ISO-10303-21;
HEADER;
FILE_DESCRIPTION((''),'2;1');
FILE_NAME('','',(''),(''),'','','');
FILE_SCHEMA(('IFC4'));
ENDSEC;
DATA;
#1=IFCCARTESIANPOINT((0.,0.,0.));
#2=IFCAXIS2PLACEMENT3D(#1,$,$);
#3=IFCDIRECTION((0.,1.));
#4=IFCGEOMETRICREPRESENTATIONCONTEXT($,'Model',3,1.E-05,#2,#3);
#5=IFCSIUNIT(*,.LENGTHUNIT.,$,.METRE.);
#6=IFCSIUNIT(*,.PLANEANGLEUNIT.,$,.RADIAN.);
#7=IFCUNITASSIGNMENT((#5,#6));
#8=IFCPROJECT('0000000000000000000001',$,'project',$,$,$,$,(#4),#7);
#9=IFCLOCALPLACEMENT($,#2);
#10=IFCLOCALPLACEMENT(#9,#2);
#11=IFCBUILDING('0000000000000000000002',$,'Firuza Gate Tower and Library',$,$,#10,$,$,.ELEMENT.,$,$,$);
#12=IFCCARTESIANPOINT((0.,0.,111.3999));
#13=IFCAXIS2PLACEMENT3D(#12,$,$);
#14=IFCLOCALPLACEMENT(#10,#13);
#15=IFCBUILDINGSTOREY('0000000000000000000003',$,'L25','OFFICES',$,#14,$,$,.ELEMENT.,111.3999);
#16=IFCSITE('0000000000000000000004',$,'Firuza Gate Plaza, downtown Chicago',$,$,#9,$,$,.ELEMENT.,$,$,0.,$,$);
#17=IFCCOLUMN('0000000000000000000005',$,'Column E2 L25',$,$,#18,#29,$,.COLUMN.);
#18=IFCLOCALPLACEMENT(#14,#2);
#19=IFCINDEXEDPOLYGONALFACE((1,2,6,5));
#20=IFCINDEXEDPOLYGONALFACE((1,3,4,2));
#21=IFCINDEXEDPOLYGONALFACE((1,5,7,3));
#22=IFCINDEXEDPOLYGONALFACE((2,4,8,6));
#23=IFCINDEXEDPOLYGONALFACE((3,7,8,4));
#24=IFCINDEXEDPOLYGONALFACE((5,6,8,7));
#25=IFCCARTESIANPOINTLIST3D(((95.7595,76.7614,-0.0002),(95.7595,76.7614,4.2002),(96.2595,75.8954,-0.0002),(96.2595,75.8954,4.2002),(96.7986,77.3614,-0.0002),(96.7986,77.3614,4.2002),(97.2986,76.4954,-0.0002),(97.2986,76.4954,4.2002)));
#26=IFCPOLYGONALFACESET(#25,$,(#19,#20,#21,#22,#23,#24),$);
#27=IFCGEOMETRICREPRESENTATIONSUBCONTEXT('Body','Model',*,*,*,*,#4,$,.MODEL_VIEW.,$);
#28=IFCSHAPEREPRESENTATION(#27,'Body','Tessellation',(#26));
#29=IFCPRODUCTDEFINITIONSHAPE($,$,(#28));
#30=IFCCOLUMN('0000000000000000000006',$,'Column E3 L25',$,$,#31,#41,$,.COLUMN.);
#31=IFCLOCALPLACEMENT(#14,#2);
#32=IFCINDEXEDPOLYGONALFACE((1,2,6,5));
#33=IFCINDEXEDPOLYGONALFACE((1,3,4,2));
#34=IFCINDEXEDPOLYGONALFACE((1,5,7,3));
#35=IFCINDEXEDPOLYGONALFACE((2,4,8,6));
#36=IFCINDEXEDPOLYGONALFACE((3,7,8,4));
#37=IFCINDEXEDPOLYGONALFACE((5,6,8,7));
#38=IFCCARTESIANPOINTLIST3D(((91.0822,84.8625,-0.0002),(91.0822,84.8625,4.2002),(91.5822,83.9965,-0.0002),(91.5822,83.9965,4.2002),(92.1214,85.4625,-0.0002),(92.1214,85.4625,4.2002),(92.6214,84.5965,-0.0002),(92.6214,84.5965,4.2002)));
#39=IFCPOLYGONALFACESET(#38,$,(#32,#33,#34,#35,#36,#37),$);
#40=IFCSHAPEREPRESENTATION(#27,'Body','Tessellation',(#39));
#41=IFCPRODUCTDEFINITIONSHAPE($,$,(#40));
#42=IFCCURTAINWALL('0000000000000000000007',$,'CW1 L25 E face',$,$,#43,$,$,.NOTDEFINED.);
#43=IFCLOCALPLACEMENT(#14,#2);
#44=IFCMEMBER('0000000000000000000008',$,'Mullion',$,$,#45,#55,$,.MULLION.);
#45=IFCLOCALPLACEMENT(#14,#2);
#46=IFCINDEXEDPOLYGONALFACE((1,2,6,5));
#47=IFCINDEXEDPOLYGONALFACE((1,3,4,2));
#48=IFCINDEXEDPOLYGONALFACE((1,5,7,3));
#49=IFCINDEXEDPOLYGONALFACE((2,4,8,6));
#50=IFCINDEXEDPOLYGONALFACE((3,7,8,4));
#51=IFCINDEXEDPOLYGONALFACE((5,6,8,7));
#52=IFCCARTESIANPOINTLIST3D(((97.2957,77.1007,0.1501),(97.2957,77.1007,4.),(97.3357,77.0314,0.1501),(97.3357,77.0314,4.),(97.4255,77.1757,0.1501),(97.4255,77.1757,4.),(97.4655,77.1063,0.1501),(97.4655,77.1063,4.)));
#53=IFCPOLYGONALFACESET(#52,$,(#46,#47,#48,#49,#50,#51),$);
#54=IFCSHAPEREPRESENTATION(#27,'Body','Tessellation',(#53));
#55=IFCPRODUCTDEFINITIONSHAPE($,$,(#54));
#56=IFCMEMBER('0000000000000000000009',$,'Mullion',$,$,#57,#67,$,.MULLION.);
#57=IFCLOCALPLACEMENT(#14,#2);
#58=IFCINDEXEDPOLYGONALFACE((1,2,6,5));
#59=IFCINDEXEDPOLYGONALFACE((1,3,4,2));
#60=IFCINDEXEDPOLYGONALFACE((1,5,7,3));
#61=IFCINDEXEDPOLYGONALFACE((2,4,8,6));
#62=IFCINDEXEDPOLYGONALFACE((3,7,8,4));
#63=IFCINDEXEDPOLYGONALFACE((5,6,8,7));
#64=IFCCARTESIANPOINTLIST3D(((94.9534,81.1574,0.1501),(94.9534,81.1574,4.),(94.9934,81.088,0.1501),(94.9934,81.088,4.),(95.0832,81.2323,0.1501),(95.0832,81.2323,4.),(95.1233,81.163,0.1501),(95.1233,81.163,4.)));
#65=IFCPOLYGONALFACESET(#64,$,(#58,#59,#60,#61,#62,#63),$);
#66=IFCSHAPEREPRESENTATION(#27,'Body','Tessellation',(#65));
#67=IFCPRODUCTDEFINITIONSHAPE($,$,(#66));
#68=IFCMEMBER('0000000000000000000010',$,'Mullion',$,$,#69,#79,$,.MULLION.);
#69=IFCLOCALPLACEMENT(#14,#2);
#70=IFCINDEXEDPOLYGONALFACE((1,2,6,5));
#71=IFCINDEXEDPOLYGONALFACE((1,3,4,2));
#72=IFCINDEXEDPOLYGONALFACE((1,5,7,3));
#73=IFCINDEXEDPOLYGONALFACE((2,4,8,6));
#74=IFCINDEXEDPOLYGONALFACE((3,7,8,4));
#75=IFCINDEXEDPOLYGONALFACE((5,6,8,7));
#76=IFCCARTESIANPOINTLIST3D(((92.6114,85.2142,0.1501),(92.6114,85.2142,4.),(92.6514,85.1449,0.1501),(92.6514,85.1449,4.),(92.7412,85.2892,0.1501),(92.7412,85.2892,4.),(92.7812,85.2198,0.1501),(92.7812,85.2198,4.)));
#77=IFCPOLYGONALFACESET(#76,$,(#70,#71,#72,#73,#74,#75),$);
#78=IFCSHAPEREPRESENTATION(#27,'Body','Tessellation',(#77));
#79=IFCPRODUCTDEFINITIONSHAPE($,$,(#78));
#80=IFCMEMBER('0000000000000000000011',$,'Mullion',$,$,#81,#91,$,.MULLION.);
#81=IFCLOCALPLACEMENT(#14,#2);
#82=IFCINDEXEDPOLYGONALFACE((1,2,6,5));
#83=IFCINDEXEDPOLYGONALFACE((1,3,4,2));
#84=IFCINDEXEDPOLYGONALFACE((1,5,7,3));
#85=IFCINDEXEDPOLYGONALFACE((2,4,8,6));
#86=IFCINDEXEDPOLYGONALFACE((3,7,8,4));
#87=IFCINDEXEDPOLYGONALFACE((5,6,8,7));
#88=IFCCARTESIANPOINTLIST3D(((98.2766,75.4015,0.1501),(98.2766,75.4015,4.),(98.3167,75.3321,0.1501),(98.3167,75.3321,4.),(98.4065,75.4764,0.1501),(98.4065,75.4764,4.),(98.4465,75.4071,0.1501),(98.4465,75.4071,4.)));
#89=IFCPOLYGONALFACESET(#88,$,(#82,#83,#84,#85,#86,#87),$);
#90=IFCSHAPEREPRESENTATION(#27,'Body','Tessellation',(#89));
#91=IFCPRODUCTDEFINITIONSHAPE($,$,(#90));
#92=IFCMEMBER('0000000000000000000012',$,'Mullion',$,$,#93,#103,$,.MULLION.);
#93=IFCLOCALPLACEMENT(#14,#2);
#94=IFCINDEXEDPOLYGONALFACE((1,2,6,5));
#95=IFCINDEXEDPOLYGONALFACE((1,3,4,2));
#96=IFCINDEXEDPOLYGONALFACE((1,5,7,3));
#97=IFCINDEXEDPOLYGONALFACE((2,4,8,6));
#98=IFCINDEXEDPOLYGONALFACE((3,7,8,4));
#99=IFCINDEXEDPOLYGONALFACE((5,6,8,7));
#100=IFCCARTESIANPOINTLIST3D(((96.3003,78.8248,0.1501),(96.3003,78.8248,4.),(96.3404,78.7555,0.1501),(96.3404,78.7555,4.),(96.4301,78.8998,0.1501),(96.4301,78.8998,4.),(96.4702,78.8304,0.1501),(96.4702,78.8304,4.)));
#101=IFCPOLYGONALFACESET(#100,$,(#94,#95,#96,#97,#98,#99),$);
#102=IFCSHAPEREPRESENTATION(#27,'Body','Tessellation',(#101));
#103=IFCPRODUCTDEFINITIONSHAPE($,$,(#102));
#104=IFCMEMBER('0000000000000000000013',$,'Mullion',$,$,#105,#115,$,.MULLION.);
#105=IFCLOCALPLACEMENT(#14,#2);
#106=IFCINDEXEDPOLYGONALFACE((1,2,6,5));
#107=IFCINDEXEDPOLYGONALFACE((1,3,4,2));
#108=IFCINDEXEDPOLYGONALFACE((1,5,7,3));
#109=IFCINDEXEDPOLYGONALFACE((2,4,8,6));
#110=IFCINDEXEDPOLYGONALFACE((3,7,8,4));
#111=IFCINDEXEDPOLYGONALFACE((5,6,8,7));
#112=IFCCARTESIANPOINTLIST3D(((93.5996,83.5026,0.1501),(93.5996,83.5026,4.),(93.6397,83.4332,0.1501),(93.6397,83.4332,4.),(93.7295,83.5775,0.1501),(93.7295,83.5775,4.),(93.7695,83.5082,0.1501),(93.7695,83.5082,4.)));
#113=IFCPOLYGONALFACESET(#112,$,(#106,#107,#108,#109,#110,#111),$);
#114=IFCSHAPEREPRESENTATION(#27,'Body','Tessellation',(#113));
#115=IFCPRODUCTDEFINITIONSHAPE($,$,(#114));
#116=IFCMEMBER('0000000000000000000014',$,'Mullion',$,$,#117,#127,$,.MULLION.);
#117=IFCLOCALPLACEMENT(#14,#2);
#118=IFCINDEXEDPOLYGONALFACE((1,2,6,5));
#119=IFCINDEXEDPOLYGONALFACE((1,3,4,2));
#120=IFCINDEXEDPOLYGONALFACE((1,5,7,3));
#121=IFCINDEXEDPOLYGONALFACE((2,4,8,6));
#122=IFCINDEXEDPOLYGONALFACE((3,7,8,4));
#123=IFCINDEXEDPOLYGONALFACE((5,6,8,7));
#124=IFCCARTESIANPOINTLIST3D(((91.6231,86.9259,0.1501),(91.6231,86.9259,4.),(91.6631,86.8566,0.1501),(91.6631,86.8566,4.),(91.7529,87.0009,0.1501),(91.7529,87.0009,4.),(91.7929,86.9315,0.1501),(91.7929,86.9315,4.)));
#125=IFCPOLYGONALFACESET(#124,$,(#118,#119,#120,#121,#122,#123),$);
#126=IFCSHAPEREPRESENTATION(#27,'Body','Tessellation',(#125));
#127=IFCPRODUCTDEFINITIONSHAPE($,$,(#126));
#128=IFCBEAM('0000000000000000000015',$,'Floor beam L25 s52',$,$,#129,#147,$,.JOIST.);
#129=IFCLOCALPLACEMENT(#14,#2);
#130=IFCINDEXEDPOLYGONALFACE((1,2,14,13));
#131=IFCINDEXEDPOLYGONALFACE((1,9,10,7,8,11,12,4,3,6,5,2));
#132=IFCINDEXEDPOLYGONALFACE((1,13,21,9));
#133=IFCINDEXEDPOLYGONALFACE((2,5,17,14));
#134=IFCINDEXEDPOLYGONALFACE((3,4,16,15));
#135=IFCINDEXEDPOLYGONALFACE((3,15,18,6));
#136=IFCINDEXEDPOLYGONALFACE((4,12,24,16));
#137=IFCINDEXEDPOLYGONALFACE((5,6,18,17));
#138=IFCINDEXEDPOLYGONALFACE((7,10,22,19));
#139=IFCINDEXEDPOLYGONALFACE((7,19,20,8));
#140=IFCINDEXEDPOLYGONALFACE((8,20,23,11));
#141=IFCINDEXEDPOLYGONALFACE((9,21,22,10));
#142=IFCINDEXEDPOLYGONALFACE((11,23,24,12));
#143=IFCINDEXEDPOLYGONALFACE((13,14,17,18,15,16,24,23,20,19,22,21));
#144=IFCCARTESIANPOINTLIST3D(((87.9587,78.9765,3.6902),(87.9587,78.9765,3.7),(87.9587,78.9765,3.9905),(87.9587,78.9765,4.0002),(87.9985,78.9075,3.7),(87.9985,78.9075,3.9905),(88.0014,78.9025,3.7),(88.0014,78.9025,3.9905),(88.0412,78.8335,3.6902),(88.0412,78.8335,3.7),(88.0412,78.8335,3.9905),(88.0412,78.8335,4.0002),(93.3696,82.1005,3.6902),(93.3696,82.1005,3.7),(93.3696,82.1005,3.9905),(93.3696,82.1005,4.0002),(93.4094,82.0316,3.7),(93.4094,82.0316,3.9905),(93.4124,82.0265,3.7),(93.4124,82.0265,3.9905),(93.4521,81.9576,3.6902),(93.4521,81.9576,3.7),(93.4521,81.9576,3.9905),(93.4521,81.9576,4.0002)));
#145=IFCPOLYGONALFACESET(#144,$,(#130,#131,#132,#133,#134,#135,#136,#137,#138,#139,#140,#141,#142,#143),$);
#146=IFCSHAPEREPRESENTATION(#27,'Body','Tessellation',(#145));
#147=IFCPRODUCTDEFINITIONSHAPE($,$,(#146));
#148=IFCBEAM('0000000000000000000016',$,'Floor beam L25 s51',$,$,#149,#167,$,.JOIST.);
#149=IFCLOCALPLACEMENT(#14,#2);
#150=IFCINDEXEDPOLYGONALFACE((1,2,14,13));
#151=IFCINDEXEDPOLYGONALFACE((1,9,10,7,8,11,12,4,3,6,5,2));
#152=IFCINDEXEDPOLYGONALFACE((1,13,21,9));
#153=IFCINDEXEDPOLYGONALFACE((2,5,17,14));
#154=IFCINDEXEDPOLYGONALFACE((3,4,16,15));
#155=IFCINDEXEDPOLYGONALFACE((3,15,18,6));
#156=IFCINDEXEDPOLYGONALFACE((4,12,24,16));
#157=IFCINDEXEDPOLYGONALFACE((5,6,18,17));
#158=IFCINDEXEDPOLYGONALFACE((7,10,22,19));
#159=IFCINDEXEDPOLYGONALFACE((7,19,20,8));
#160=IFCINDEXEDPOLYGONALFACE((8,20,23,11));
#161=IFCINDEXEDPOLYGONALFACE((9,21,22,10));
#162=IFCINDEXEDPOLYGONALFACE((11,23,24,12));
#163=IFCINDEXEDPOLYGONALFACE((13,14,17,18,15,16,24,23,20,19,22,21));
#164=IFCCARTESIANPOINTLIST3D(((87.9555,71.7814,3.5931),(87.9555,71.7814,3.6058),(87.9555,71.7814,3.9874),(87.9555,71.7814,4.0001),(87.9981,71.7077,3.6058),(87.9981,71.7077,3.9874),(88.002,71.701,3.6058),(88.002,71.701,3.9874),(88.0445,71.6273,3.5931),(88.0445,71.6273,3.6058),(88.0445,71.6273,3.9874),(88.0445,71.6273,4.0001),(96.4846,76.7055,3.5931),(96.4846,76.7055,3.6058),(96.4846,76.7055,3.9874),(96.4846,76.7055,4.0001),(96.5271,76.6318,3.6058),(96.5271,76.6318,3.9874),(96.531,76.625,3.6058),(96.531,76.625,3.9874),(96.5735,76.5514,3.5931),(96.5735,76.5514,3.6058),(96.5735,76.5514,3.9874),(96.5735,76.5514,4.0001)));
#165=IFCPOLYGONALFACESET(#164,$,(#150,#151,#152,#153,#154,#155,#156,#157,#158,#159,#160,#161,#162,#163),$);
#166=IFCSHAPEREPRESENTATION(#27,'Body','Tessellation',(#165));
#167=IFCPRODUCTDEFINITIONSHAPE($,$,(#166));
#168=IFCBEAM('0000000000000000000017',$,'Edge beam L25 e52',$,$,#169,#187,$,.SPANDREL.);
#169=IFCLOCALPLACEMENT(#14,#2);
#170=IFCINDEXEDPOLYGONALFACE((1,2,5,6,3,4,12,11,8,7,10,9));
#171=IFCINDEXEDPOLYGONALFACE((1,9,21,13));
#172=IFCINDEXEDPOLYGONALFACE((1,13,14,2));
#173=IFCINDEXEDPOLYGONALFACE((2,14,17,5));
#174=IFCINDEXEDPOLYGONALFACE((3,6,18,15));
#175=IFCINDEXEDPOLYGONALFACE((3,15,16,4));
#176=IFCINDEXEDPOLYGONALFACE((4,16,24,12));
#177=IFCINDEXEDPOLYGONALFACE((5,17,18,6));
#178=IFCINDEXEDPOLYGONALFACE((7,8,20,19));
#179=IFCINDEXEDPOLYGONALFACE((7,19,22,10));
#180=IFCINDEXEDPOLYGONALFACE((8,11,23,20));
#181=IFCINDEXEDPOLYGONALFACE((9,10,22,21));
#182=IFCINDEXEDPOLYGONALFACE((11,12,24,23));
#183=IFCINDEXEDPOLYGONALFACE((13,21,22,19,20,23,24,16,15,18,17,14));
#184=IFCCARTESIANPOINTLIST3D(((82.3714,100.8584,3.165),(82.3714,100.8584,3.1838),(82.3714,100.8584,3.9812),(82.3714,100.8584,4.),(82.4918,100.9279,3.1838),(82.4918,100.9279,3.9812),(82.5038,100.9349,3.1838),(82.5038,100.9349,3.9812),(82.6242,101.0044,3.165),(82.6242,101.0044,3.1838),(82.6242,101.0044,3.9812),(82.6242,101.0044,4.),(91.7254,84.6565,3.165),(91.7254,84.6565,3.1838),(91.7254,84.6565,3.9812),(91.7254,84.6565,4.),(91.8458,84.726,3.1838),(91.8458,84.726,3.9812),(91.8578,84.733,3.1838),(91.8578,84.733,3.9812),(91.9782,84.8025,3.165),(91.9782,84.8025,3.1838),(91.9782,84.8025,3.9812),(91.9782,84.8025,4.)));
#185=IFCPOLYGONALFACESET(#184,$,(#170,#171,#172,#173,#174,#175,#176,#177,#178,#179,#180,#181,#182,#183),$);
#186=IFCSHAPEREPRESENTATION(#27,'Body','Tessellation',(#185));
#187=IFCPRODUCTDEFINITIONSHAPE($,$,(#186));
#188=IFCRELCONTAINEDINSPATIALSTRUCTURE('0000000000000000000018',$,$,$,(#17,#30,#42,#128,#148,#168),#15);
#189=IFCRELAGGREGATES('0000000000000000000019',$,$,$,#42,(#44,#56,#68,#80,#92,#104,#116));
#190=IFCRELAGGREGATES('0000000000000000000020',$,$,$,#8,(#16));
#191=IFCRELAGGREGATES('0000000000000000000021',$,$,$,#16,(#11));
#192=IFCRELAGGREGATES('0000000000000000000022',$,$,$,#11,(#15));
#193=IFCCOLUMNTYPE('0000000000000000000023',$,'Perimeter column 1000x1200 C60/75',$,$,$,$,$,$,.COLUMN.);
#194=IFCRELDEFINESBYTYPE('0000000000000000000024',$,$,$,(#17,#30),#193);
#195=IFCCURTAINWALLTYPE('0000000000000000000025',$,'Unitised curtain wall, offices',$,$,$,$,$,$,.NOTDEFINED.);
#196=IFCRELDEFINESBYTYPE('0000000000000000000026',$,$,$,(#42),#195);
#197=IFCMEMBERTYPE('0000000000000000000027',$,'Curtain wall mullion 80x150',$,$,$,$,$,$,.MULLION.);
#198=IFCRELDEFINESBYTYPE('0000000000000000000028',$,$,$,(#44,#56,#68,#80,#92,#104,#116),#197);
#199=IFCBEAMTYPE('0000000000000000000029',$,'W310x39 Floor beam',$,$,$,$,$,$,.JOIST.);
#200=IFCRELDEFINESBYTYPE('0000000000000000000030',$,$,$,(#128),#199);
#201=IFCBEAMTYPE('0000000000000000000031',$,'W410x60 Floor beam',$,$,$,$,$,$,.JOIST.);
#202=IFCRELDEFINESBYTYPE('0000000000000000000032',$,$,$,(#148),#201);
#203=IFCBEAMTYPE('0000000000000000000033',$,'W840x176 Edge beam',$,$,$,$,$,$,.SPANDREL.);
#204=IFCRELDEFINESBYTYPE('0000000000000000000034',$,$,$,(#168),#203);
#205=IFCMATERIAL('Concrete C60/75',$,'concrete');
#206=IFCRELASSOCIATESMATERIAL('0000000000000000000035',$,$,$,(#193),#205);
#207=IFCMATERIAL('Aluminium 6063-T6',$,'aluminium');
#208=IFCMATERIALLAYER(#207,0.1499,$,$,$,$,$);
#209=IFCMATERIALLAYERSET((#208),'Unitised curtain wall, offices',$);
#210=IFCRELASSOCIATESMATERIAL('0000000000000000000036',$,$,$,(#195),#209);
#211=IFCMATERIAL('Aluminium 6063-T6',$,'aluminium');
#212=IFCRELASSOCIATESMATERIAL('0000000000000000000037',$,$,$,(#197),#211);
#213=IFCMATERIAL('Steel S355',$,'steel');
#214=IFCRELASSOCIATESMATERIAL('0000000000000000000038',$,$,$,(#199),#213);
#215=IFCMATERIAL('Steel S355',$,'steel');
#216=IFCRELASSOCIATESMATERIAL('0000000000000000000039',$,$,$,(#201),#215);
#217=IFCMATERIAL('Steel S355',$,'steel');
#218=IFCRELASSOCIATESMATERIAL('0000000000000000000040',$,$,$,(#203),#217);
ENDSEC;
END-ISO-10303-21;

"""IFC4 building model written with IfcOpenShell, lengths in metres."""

from ifc_helpers import new_model, si_unit, direction, frame, origin, origin_2d, place, context, subcontext, project, spatial, rectangle, i_section, extrude, material, layer, layer_set, material_profile, profile_set, type_object, element, aggregate, save


model = new_model("IFC4")

# Units and contexts
model_context = context("Model", 3, precision=1e-05, world=origin(), true_north=direction((0.0, 1.0)))
body_context = subcontext(model_context, "Body", "Model", "MODEL_VIEW")
ifc_project = project(units=[si_unit("LENGTHUNIT", "METRE"), si_unit("PLANEANGLEUNIT", "RADIAN")], contexts=[model_context])

# Site, building, storey
site_placement = place(None, origin())
site = spatial("IfcSite", under=ifc_project, at=site_placement, Name="Firuza Gate Plaza, downtown Chicago", CompositionType="ELEMENT", RefElevation=0.0)
building_placement = place(site_placement, origin())
building = spatial("IfcBuilding", under=site, at=building_placement, Name="Firuza Gate Tower and Library", CompositionType="ELEMENT")
storey_placement = place(building_placement, frame((0.0, 0.0, 111.3999)))
storey = spatial("IfcBuildingStorey", under=building, at=storey_placement, Name="L25", Description="OFFICES", CompositionType="ELEMENT", Elevation=111.3999)

# Columns
ifc_material_1 = material(Name="Concrete C60/75", Category="concrete")
ifc_material_profile_1 = material_profile(ifc_material_1, rectangle(XDim=1.0, YDim=1.2, at=origin_2d()))
ifc_profile_set_1 = profile_set([ifc_material_profile_1], Name="Concrete C60/75")
column_type = type_object("IfcColumnType", Name="Perimeter column 1000x1200 C60/75", PredefinedType="COLUMN", material=ifc_profile_set_1)
for number, where, z_axis, x_axis, name in (
    (1, (96.5291, 76.6284, -0.0002), (0.0, 0.0, 1.0), (-0.5, 0.866025, 0.0), "Column E2 L25"),
    (2, (91.8518, 84.7295, -0.0002), (0.0, 0.0, 1.0), (-0.5, 0.866025, 0.0), "Column E3 L25"),
):
    element("IfcColumn", number, at=place(storey_placement, frame(where, z_axis=z_axis, x_axis=x_axis)), inside=storey, type_object=column_type, Name=name, PredefinedType="COLUMN", context=body_context, shape_type="SweptSolid", body=[
        extrude(rectangle(XDim=1.0, YDim=1.2, at=origin_2d()), origin(), (0.0, 0.0, 1.0), 4.2004),
    ])

# Curtain wall, members
ifc_material_2 = material(Name="Aluminium 6063-T6", Category="aluminium")
ifc_layer_1 = layer(ifc_material_2, 0.1499)
ifc_layer_set_1 = layer_set([ifc_layer_1], Name="Unitised curtain wall, offices")
curtain_wall_type = type_object("IfcCurtainWallType", Name="Unitised curtain wall, offices", PredefinedType="NOTDEFINED", material=ifc_layer_set_1)
curtain_wall_placement = place(storey_placement, origin())
curtain_wall = element("IfcCurtainWall", 3, at=curtain_wall_placement, inside=storey, type_object=curtain_wall_type, Name="CW1 L25 E face", PredefinedType="NOTDEFINED")
ifc_material_3 = material(Name="Aluminium 6063-T6", Category="aluminium")
ifc_material_profile_2 = material_profile(ifc_material_3, rectangle(XDim=0.1499, YDim=0.0801, at=origin_2d()))
ifc_profile_set_2 = profile_set([ifc_material_profile_2], Name="Aluminium 6063-T6")
member_type = type_object("IfcMemberType", Name="Curtain wall mullion 80x150", PredefinedType="MULLION", material=ifc_profile_set_2)
member_1_placement = place(storey_placement, frame((97.3806, 77.1035, 0.1501), z_axis=(0.0, 0.0, 1.0), x_axis=(-0.866025, -0.5, 0.0)))
member_1 = element("IfcMember", 4, at=member_1_placement, type_object=member_type, Name="Mullion", PredefinedType="MULLION", context=body_context, shape_type="SweptSolid", body=[
    extrude(rectangle(XDim=0.1499, YDim=0.0801, at=origin_2d()), origin(), (0.0, 0.0, 1.0), 3.8499),
])
member_2_placement = place(storey_placement, frame((95.0383, 81.1602, 0.1501), z_axis=(0.0, 0.0, 1.0), x_axis=(-0.866025, -0.5, 0.0)))
member_2 = element("IfcMember", 5, at=member_2_placement, type_object=member_type, Name="Mullion", PredefinedType="MULLION", context=body_context, shape_type="SweptSolid", body=[
    extrude(rectangle(XDim=0.1499, YDim=0.0801, at=origin_2d()), origin(), (0.0, 0.0, 1.0), 3.8499),
])
member_3_placement = place(storey_placement, frame((92.6963, 85.217, 0.1501), z_axis=(0.0, 0.0, 1.0), x_axis=(-0.866025, -0.5, 0.0)))
member_3 = element("IfcMember", 6, at=member_3_placement, type_object=member_type, Name="Mullion", PredefinedType="MULLION", context=body_context, shape_type="SweptSolid", body=[
    extrude(rectangle(XDim=0.1499, YDim=0.0801, at=origin_2d()), origin(), (0.0, 0.0, 1.0), 3.8499),
])
member_4_placement = place(storey_placement, frame((98.3616, 75.4043, 0.1501), z_axis=(0.0, 0.0, 1.0), x_axis=(-0.866025, -0.5, 0.0)))
member_4 = element("IfcMember", 7, at=member_4_placement, type_object=member_type, Name="Mullion", PredefinedType="MULLION", context=body_context, shape_type="SweptSolid", body=[
    extrude(rectangle(XDim=0.1499, YDim=0.0801, at=origin_2d()), origin(), (0.0, 0.0, 1.0), 3.8499),
])
member_5_placement = place(storey_placement, frame((96.3853, 78.8276, 0.1501), z_axis=(0.0, 0.0, 1.0), x_axis=(-0.866025, -0.5, 0.0)))
member_5 = element("IfcMember", 8, at=member_5_placement, type_object=member_type, Name="Mullion", PredefinedType="MULLION", context=body_context, shape_type="SweptSolid", body=[
    extrude(rectangle(XDim=0.1499, YDim=0.0801, at=origin_2d()), origin(), (0.0, 0.0, 1.0), 3.8499),
])
member_6_placement = place(storey_placement, frame((93.6846, 83.5054, 0.1501), z_axis=(0.0, 0.0, 1.0), x_axis=(-0.866025, -0.5, 0.0)))
member_6 = element("IfcMember", 9, at=member_6_placement, type_object=member_type, Name="Mullion", PredefinedType="MULLION", context=body_context, shape_type="SweptSolid", body=[
    extrude(rectangle(XDim=0.1499, YDim=0.0801, at=origin_2d()), origin(), (0.0, 0.0, 1.0), 3.8499),
])
member_7_placement = place(storey_placement, frame((91.708, 86.9287, 0.1501), z_axis=(0.0, 0.0, 1.0), x_axis=(-0.866025, -0.5, 0.0)))
member_7 = element("IfcMember", 10, at=member_7_placement, type_object=member_type, Name="Mullion", PredefinedType="MULLION", context=body_context, shape_type="SweptSolid", body=[
    extrude(rectangle(XDim=0.1499, YDim=0.0801, at=origin_2d()), origin(), (0.0, 0.0, 1.0), 3.8499),
])

# Beams
ifc_material_4 = material(Name="Steel S355", Category="steel")
ifc_material_profile_3 = material_profile(ifc_material_4, i_section(OverallWidth=0.165, OverallDepth=0.3101, WebThickness=0.0059, FlangeThickness=0.0098, at=origin_2d()))
ifc_profile_set_3 = profile_set([ifc_material_profile_3], Name="Steel S355")
beam_type_1 = type_object("IfcBeamType", Name="W310x39 Floor beam", PredefinedType="JOIST", material=ifc_profile_set_3)
beam_1_placement = place(storey_placement, frame((93.4109, 82.0291, 3.8452), z_axis=(-0.866022, -0.500005, 0.0), x_axis=(0.500005, -0.866022, 0.0)))
element("IfcBeam", 11, at=beam_1_placement, inside=storey, type_object=beam_type_1, Name="Floor beam L25 s52", PredefinedType="JOIST", context=body_context, shape_type="SweptSolid", body=[
    extrude(i_section(OverallWidth=0.165, OverallDepth=0.3101, WebThickness=0.0059, FlangeThickness=0.0098, at=origin_2d()), origin(), (0.0, 0.0, 1.0), 6.248),
])
ifc_material_5 = material(Name="Steel S355", Category="steel")
ifc_material_profile_4 = material_profile(ifc_material_5, i_section(OverallWidth=0.178, OverallDepth=0.407, WebThickness=0.0078, FlangeThickness=0.0127, at=origin_2d()))
ifc_profile_set_4 = profile_set([ifc_material_profile_4], Name="Steel S355")
beam_type_2 = type_object("IfcBeamType", Name="W410x60 Floor beam", PredefinedType="JOIST", material=ifc_profile_set_4)
beam_2_placement = place(storey_placement, frame((96.5291, 76.6284, 3.7966), z_axis=(-0.866033, -0.499986, 0.0), x_axis=(0.499986, -0.866033, 0.0)))
element("IfcBeam", 12, at=beam_2_placement, inside=storey, type_object=beam_type_2, Name="Floor beam L25 s51", PredefinedType="JOIST", context=body_context, shape_type="SweptSolid", body=[
    extrude(i_section(OverallWidth=0.178, OverallDepth=0.407, WebThickness=0.0078, FlangeThickness=0.0127, at=origin_2d()), origin(), (0.0, 0.0, 1.0), 9.8484),
])
ifc_material_6 = material(Name="Steel S355", Category="steel")
ifc_material_profile_5 = material_profile(ifc_material_6, i_section(OverallWidth=0.292, OverallDepth=0.835, WebThickness=0.0139, FlangeThickness=0.0188, at=origin_2d()))
ifc_profile_set_5 = profile_set([ifc_material_profile_5], Name="Steel S355")
beam_type_3 = type_object("IfcBeamType", Name="W840x176 Edge beam", PredefinedType="SPANDREL", material=ifc_profile_set_5)
beam_3_placement = place(storey_placement, frame((91.8518, 84.7295, 3.5825), z_axis=(-0.499993, 0.866029, 0.0), x_axis=(-0.866029, -0.499993, 0.0)))
element("IfcBeam", 13, at=beam_3_placement, inside=storey, type_object=beam_type_3, Name="Edge beam L25 e52", PredefinedType="SPANDREL", context=body_context, shape_type="SweptSolid", body=[
    extrude(i_section(OverallWidth=0.292, OverallDepth=0.835, WebThickness=0.0139, FlangeThickness=0.0188, at=origin_2d()), origin(), (0.0, 0.0, 1.0), 18.7083),
])

aggregate(curtain_wall, [member_1, member_2, member_3, member_4, member_5, member_6, member_7])

save(model, "model.ifc")
